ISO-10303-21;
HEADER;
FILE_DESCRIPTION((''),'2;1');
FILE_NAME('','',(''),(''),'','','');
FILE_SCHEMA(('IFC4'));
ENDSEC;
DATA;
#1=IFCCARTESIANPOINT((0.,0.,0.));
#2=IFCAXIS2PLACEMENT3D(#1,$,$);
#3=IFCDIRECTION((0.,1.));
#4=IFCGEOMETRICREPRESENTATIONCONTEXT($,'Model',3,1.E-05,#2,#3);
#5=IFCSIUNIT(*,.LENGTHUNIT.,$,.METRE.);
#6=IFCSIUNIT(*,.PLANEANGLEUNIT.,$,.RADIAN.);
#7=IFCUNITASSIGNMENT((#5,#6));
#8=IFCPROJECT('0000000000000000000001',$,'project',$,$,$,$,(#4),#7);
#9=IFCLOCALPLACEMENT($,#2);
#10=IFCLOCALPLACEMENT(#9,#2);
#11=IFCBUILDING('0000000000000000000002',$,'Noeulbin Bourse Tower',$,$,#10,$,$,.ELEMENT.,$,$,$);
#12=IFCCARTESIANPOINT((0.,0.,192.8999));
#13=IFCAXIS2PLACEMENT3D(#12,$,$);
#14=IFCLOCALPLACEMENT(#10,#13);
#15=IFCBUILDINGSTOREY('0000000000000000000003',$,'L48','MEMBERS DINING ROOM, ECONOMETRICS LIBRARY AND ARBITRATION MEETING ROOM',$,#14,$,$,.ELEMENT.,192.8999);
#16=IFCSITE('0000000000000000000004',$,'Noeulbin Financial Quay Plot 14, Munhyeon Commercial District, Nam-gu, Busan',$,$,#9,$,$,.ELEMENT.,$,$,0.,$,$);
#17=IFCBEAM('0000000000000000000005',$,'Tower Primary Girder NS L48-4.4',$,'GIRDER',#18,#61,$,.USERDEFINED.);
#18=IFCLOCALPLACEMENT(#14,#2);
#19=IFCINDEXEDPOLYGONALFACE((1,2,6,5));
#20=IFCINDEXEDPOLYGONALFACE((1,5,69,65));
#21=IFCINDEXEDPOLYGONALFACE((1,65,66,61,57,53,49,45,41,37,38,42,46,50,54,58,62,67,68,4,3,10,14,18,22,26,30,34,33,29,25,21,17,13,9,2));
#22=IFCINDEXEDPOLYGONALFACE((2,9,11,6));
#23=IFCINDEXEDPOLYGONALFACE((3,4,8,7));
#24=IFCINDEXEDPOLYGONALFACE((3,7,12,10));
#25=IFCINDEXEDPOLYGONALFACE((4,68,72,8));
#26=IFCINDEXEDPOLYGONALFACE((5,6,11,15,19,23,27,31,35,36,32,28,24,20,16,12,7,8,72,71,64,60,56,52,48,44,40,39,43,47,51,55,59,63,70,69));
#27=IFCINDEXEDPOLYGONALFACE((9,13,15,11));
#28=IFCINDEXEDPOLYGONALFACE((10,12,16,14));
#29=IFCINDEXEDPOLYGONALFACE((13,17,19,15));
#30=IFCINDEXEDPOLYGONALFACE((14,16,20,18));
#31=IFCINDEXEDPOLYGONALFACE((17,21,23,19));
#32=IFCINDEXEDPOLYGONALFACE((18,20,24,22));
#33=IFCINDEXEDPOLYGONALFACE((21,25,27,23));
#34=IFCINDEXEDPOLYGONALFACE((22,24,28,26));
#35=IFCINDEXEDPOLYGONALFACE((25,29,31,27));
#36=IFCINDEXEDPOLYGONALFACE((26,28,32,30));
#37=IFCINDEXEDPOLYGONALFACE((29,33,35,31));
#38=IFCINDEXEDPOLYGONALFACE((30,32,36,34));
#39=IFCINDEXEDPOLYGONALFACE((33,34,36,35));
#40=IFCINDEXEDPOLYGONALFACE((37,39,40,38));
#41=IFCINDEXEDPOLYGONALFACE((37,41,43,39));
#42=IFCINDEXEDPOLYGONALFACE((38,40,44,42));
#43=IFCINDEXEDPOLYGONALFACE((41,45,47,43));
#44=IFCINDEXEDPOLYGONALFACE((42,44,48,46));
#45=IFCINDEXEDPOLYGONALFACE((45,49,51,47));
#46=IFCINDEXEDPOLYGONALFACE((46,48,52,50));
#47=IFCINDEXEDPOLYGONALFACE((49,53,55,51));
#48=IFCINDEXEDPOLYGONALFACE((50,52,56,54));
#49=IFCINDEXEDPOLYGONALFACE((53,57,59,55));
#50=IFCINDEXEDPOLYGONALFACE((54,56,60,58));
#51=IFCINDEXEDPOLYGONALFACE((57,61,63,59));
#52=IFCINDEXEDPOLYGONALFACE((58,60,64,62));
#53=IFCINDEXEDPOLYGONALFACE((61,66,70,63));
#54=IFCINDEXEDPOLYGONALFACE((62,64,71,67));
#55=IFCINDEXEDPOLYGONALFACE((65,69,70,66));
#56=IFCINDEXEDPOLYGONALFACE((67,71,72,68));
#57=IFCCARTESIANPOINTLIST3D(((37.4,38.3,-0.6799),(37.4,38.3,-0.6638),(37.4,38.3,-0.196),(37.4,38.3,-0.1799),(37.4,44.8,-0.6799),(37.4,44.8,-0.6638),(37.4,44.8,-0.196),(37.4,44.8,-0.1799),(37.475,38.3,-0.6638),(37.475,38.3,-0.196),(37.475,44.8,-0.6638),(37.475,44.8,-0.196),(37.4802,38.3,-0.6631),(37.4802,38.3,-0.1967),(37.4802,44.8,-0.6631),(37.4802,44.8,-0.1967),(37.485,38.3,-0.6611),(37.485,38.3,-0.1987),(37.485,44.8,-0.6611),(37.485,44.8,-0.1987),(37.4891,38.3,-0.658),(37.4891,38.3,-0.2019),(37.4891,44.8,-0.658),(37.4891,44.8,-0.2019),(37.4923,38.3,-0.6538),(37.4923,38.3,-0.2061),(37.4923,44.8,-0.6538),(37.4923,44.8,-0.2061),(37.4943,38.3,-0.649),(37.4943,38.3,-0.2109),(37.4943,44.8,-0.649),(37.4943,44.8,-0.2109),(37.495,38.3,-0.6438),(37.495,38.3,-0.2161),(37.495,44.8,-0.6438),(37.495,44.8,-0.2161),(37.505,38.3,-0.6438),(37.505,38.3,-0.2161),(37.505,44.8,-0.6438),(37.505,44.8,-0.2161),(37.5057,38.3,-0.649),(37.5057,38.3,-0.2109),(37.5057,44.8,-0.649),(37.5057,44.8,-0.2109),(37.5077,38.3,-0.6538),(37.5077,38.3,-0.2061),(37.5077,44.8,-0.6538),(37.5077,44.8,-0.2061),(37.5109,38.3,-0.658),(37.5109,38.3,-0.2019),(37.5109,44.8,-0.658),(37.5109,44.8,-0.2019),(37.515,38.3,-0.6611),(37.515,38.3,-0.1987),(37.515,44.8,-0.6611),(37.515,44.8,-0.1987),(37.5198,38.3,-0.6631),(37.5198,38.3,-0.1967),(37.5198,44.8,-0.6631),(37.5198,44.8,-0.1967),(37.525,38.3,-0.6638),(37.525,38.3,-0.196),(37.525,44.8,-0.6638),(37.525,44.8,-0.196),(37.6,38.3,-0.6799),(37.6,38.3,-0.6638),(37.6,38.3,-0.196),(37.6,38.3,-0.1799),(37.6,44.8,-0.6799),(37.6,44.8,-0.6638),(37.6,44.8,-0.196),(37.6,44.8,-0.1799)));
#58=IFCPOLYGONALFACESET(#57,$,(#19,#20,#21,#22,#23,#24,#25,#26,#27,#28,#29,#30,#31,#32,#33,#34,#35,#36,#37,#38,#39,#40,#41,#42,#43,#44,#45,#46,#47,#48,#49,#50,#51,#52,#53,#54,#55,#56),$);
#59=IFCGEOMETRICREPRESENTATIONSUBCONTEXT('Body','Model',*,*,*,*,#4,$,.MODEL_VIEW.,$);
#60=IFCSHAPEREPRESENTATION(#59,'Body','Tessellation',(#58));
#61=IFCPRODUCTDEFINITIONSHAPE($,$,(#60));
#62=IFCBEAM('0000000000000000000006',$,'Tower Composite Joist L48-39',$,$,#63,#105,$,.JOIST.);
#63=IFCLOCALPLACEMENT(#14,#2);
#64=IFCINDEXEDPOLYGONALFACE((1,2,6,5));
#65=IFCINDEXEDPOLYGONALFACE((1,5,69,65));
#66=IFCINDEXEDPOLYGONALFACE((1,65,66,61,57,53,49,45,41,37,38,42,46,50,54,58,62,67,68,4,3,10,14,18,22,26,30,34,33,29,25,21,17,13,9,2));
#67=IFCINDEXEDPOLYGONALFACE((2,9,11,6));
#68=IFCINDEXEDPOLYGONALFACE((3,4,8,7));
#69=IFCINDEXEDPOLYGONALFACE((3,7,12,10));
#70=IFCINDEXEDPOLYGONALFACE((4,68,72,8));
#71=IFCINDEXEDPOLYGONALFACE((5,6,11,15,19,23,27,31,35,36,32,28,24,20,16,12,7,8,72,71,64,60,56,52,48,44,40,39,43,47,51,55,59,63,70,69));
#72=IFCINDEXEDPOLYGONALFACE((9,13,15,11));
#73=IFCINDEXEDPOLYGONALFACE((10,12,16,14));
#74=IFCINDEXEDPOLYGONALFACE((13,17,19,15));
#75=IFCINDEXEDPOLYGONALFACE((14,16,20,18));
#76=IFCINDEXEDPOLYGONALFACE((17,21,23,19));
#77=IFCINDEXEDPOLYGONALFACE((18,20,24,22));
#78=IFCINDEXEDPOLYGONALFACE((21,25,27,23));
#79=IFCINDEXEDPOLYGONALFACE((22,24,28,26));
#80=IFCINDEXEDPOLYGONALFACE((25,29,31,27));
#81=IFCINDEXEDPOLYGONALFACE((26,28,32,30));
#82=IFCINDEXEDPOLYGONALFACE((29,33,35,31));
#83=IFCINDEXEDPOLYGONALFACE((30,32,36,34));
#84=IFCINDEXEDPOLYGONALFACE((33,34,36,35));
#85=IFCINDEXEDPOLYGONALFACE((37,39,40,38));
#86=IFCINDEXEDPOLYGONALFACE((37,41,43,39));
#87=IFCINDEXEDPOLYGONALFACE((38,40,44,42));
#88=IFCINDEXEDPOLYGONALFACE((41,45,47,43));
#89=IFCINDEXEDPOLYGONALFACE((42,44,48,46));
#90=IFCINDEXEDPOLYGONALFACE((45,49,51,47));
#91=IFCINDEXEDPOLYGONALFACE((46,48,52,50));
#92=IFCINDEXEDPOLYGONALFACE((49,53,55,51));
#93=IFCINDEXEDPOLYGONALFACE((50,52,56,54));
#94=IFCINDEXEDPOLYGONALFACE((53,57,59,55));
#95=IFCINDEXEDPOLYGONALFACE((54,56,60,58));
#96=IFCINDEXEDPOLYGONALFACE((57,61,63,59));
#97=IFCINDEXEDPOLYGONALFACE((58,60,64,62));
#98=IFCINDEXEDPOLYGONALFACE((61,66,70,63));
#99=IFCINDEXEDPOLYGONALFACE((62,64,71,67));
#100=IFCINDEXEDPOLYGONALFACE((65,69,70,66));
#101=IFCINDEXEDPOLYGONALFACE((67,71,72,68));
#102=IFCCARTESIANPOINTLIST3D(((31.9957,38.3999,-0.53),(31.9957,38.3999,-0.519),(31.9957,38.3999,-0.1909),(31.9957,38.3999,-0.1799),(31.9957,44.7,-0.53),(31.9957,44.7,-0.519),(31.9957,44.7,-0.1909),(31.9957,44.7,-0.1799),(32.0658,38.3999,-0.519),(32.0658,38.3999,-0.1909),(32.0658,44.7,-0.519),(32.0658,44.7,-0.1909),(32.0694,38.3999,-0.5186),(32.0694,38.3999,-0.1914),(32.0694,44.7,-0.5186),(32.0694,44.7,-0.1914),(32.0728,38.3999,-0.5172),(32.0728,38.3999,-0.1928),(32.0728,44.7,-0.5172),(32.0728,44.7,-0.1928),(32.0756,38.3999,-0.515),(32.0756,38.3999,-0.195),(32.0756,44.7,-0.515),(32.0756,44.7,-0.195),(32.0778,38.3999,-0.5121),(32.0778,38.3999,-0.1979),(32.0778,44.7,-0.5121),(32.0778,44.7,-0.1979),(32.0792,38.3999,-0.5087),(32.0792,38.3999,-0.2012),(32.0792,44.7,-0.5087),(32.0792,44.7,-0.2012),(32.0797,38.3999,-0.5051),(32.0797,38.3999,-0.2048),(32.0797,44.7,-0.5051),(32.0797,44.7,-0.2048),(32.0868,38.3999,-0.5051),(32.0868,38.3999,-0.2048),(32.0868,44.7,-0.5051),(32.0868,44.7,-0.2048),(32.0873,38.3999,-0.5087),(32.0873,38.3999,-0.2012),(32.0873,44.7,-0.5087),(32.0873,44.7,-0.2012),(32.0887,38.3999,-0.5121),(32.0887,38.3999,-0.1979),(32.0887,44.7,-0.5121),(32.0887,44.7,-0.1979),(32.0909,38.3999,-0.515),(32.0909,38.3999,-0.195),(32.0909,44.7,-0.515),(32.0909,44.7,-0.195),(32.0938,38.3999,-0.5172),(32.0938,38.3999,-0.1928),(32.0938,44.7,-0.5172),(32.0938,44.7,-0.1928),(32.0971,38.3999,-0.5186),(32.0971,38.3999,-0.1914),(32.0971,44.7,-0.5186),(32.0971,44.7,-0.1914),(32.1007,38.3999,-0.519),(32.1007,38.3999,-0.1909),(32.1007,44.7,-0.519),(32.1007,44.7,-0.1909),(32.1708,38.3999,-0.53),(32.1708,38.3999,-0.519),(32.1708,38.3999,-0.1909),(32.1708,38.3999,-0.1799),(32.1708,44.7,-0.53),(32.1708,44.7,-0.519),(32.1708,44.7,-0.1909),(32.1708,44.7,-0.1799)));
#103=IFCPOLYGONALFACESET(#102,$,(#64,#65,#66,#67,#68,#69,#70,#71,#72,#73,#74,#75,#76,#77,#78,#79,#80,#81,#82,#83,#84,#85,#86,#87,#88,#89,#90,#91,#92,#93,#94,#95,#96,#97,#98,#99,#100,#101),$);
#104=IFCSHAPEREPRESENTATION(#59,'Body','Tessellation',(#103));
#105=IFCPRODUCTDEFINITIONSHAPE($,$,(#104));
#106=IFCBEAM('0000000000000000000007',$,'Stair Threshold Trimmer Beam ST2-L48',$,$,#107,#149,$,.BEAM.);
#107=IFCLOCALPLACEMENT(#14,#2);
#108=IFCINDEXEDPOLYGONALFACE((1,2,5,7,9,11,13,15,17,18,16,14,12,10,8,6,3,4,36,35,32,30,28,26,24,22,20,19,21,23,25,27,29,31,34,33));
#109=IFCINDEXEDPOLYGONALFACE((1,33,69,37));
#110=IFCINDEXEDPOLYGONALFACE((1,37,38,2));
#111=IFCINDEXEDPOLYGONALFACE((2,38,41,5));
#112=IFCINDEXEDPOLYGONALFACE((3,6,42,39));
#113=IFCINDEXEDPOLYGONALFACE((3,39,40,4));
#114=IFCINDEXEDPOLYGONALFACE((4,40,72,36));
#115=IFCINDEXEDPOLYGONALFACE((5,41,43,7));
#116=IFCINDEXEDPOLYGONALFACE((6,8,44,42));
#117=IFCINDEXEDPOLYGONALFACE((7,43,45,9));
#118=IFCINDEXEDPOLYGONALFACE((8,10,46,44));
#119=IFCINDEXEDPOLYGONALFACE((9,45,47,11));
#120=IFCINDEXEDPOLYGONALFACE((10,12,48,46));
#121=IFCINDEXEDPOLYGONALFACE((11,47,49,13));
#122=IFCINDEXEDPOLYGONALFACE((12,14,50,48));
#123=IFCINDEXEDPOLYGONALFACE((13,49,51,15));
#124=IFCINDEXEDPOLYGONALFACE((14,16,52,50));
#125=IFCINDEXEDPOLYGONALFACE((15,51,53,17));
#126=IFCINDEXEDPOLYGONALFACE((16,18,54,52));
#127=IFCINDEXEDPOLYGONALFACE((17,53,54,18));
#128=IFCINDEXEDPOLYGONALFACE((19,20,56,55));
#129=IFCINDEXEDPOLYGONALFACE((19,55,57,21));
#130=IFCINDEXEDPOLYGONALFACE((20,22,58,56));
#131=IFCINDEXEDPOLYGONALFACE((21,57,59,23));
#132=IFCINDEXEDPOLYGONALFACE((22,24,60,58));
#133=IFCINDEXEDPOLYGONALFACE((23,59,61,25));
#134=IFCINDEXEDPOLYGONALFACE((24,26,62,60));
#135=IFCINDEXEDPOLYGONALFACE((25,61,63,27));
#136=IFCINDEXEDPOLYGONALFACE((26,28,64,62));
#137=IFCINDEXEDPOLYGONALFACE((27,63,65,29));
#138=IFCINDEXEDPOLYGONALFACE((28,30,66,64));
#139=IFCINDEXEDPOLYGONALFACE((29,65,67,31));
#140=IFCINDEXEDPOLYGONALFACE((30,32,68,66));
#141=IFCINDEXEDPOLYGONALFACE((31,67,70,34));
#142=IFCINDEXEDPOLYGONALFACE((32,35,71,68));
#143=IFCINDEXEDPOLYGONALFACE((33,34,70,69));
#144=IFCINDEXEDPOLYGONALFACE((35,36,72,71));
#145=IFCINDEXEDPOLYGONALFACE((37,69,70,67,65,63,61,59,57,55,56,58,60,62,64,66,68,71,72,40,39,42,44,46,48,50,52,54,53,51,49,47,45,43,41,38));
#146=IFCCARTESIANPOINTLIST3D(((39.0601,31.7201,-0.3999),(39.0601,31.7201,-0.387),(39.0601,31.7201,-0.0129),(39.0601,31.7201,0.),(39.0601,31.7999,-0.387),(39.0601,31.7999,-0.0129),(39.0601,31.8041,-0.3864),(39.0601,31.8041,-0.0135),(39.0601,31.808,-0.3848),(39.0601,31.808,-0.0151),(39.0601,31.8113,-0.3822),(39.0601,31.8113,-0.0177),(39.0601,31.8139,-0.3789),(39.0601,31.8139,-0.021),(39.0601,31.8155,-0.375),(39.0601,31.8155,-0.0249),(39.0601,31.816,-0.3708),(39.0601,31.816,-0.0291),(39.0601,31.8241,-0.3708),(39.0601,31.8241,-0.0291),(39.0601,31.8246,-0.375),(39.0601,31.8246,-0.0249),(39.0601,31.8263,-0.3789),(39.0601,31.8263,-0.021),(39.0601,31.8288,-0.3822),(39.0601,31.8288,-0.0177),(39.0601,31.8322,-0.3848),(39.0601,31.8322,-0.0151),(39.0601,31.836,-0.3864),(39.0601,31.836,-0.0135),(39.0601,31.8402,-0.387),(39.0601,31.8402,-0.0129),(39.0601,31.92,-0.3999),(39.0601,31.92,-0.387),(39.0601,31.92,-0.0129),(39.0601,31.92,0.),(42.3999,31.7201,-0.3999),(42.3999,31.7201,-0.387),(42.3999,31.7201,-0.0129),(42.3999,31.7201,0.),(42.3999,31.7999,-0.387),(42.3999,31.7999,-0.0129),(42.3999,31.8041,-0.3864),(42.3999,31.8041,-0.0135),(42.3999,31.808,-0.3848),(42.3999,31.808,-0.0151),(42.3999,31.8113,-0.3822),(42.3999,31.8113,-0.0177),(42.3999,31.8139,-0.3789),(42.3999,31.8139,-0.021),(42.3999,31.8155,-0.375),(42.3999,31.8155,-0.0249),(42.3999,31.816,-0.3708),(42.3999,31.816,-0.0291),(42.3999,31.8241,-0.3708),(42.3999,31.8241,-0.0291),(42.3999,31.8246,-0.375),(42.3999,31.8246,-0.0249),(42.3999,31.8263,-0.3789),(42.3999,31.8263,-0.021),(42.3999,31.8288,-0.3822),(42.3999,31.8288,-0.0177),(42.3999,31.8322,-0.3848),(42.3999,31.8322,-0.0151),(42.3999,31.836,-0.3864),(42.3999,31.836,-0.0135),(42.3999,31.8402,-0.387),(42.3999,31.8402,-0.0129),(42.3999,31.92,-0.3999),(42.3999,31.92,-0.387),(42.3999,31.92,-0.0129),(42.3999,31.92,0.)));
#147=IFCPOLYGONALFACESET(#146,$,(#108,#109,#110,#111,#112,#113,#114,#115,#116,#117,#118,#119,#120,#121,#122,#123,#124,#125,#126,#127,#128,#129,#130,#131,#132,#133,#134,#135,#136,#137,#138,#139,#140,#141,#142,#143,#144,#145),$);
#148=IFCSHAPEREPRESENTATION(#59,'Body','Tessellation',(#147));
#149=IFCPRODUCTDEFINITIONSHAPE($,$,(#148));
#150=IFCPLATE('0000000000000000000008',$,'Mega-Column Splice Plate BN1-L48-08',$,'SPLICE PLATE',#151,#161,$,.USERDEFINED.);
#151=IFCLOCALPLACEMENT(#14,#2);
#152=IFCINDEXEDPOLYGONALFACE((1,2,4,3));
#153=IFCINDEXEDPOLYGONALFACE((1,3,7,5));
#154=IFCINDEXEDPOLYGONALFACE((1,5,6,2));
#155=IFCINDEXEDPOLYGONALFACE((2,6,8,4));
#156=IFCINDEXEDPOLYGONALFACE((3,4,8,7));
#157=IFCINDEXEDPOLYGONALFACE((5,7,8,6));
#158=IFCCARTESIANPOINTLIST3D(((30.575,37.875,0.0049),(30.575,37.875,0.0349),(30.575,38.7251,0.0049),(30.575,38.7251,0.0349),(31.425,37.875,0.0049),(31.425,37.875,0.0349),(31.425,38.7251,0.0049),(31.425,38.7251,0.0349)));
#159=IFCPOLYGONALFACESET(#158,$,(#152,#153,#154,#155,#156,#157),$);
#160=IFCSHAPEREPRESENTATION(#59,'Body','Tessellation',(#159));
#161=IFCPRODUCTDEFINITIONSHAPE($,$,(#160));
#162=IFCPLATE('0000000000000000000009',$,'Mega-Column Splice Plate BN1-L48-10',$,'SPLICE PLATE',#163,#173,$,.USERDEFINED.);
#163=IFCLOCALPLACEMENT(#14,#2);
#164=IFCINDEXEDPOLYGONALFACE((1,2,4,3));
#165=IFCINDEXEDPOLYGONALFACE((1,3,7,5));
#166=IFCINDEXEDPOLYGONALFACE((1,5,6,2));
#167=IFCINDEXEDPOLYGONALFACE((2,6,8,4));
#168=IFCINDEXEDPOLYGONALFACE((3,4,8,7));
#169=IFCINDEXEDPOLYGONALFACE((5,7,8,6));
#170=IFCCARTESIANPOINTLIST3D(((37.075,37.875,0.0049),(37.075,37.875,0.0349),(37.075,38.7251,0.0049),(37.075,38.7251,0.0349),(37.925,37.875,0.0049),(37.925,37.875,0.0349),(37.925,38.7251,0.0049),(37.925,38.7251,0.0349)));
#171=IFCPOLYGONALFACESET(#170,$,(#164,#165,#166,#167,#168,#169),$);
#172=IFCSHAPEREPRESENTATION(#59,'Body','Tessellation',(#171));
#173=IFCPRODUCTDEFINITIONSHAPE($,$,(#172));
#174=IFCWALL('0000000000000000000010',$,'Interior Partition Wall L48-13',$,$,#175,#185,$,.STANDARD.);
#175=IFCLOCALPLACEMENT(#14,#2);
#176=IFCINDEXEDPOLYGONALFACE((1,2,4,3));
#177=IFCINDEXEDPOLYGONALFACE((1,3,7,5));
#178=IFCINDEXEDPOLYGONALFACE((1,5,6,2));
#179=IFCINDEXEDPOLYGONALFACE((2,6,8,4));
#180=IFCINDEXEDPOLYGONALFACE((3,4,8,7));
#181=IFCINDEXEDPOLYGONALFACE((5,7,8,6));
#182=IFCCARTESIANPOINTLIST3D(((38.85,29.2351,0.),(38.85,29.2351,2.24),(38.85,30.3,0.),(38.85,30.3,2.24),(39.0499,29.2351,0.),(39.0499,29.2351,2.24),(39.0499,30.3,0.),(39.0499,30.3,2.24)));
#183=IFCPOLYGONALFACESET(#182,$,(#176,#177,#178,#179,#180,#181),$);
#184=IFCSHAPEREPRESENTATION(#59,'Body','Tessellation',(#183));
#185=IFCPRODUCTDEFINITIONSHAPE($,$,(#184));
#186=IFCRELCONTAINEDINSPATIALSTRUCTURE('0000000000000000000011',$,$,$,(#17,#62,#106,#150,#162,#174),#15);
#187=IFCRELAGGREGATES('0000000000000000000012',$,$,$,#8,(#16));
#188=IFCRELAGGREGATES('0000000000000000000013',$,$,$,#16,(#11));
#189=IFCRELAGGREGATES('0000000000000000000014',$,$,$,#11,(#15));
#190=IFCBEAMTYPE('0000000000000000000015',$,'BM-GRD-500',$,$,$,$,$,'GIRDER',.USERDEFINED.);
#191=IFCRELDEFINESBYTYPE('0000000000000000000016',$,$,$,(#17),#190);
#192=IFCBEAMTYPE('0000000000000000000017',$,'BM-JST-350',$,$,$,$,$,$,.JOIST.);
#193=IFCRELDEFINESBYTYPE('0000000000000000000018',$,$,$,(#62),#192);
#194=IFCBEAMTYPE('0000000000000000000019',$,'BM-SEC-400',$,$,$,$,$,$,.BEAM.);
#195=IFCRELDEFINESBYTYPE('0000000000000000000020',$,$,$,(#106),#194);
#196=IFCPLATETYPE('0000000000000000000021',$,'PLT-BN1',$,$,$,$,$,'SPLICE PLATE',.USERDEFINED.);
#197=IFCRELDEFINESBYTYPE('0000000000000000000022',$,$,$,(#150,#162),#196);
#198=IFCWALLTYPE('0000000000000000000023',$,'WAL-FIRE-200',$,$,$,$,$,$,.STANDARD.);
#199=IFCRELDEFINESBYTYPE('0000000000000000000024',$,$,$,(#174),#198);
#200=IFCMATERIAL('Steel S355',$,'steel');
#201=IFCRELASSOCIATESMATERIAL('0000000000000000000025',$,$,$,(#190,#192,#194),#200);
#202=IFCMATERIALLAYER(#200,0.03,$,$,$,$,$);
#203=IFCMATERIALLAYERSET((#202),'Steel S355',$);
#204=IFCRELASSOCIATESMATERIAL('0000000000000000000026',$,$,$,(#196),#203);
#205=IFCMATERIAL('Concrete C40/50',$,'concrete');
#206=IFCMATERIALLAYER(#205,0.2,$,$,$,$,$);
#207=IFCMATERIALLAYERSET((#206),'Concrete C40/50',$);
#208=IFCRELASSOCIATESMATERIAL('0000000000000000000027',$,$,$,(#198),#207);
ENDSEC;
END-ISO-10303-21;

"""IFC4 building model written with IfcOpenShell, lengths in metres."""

from ifc_helpers import new_model, si_unit, direction, frame, frame_2d, origin, origin_2d, place, context, subcontext, project, spatial, rectangle, i_section, extrude, material, layer, layer_set, material_profile, profile_set, type_object, element, save


model = new_model("IFC4")

# Units and contexts
model_context = context("Model", 3, precision=1e-05, world=origin(), true_north=direction((0.0, 1.0)))
body_context = subcontext(model_context, "Body", "Model", "MODEL_VIEW")
ifc_project = project(units=[si_unit("LENGTHUNIT", "METRE"), si_unit("PLANEANGLEUNIT", "RADIAN")], contexts=[model_context])

# Site, building, storey
site_placement = place(None, origin())
site = spatial("IfcSite", under=ifc_project, at=site_placement, Name="Noeulbin Financial Quay Plot 14, Munhyeon Commercial District, Nam-gu, Busan", CompositionType="ELEMENT", RefElevation=0.0)
building_placement = place(site_placement, origin())
building = spatial("IfcBuilding", under=site, at=building_placement, Name="Noeulbin Bourse Tower", CompositionType="ELEMENT")
storey_placement = place(building_placement, frame((0.0, 0.0, 192.8999)))
storey = spatial("IfcBuildingStorey", under=building, at=storey_placement, Name="L48", Description="MEMBERS DINING ROOM, ECONOMETRICS LIBRARY AND ARBITRATION MEETING ROOM", CompositionType="ELEMENT", Elevation=192.8999)

# Beams
ifc_material_1 = material(Name="Steel S355", Category="steel")
ifc_material_profile_1 = material_profile(ifc_material_1, i_section(OverallWidth=0.2, OverallDepth=0.5, WebThickness=0.01, FlangeThickness=0.0161, FilletRadius=0.02, at=origin_2d()), Name="H-500x200x10x16", Category="LoadBearing")
ifc_profile_set_1 = profile_set([ifc_material_profile_1], Name="Steel S355")
beam_type_1 = type_object("IfcBeamType", Name="BM-GRD-500", ElementType="GIRDER", PredefinedType="USERDEFINED", material=ifc_profile_set_1)
for number, where, z_axis, x_axis, name in (
    (1, (37.5, 38.3, -0.4299), (0.0, 1.0, 0.0), (-1.0, 0.0, 0.0), "Tower Primary Girder NS L48-4.4"),
):
    element("IfcBeam", number, at=place(storey_placement, frame(where, z_axis=z_axis, x_axis=x_axis)), inside=storey, type_object=beam_type_1, Name=name, ObjectType="GIRDER", PredefinedType="USERDEFINED", context=body_context, shape_type="SweptSolid", body=[
        extrude(i_section(OverallWidth=0.2, OverallDepth=0.5, WebThickness=0.01, FlangeThickness=0.0161, FilletRadius=0.02, at=origin_2d()), origin(), (0.0, 0.0, 1.0), 6.5),
    ])
ifc_material_profile_2 = material_profile(ifc_material_1, i_section(OverallWidth=0.175, OverallDepth=0.3501, WebThickness=0.0071, FlangeThickness=0.011, FilletRadius=0.0139, at=origin_2d()), Name="H-350x175x7x11", Category="LoadBearing")
ifc_profile_set_2 = profile_set([ifc_material_profile_2], Name="Steel S355")
beam_type_2 = type_object("IfcBeamType", Name="BM-JST-350", PredefinedType="JOIST", material=ifc_profile_set_2)
beam_1_placement = place(storey_placement, frame((32.0833, 38.3999, -0.355), z_axis=(0.0, 1.0, 0.0), x_axis=(-1.0, 0.0, 0.0)))
element("IfcBeam", 2, at=beam_1_placement, inside=storey, type_object=beam_type_2, Name="Tower Composite Joist L48-39", PredefinedType="JOIST", context=body_context, shape_type="SweptSolid", body=[
    extrude(i_section(OverallWidth=0.175, OverallDepth=0.3501, WebThickness=0.0071, FlangeThickness=0.011, FilletRadius=0.0139, at=origin_2d()), origin(), (0.0, 0.0, 1.0), 6.3),
])
ifc_material_profile_3 = material_profile(ifc_material_1, i_section(OverallWidth=0.2, OverallDepth=0.3999, WebThickness=0.0081, FlangeThickness=0.0129, FilletRadius=0.0161, at=origin_2d()), Name="H-400x200x8x13", Category="LoadBearing")
ifc_profile_set_3 = profile_set([ifc_material_profile_3], Name="Steel S355")
beam_type_3 = type_object("IfcBeamType", Name="BM-SEC-400", PredefinedType="BEAM", material=ifc_profile_set_3)
beam_2_placement = place(storey_placement, frame((39.0601, 31.8201, -0.2), z_axis=(1.0, 0.0, 0.0), x_axis=(0.0, 1.0, 0.0)))
element("IfcBeam", 3, at=beam_2_placement, inside=storey, type_object=beam_type_3, Name="Stair Threshold Trimmer Beam ST2-L48", PredefinedType="BEAM", context=body_context, shape_type="SweptSolid", body=[
    extrude(i_section(OverallWidth=0.2, OverallDepth=0.3999, WebThickness=0.0081, FlangeThickness=0.0129, FilletRadius=0.0161, at=origin_2d()), origin(), (0.0, 0.0, 1.0), 3.3398),
])

# Plates
ifc_layer_1 = layer(ifc_material_1, 0.03)
ifc_layer_set_1 = layer_set([ifc_layer_1], Name="Steel S355")
plate_type = type_object("IfcPlateType", Name="PLT-BN1", ElementType="SPLICE PLATE", PredefinedType="USERDEFINED", material=ifc_layer_set_1)
for number, where, z_axis, x_axis, name in (
    (4, (31.0, 38.3, 0.0049), (0.0, 0.0, 1.0), (1.0, 0.0, 0.0), "Mega-Column Splice Plate BN1-L48-08"),
    (5, (37.5, 38.3, 0.0049), (0.0, 0.0, 1.0), (1.0, 0.0, 0.0), "Mega-Column Splice Plate BN1-L48-10"),
):
    element("IfcPlate", number, at=place(storey_placement, frame(where, z_axis=z_axis, x_axis=x_axis)), inside=storey, type_object=plate_type, Name=name, ObjectType="SPLICE PLATE", PredefinedType="USERDEFINED", context=body_context, shape_type="SweptSolid", body=[
        extrude(rectangle(XDim=0.8501, YDim=0.8501, at=origin_2d()), origin(), (0.0, 0.0, 1.0), 0.03),
    ])

# Wall
ifc_material_2 = material(Name="Concrete C40/50", Category="concrete")
ifc_layer_2 = layer(ifc_material_2, 0.2)
ifc_layer_set_2 = layer_set([ifc_layer_2], Name="Concrete C40/50")
wall_type_1 = type_object("IfcWallType", Name="WAL-FIRE-200", PredefinedType="STANDARD", material=ifc_layer_set_2)
wall_1_placement = place(storey_placement, frame((38.95, 29.2351, 0.0), z_axis=(0.0, 0.0, 1.0), x_axis=(0.0, 1.0, 0.0)))
element("IfcWall", 6, at=wall_1_placement, inside=storey, type_object=wall_type_1, Name="Interior Partition Wall L48-13", PredefinedType="STANDARD", context=body_context, shape_type="SweptSolid", body=[
    extrude(rectangle(XDim=1.0649, YDim=0.2, at=frame_2d((0.5325, 0.0))), origin(), (0.0, 0.0, 1.0), 2.24),
])

save(model, "model.ifc")
